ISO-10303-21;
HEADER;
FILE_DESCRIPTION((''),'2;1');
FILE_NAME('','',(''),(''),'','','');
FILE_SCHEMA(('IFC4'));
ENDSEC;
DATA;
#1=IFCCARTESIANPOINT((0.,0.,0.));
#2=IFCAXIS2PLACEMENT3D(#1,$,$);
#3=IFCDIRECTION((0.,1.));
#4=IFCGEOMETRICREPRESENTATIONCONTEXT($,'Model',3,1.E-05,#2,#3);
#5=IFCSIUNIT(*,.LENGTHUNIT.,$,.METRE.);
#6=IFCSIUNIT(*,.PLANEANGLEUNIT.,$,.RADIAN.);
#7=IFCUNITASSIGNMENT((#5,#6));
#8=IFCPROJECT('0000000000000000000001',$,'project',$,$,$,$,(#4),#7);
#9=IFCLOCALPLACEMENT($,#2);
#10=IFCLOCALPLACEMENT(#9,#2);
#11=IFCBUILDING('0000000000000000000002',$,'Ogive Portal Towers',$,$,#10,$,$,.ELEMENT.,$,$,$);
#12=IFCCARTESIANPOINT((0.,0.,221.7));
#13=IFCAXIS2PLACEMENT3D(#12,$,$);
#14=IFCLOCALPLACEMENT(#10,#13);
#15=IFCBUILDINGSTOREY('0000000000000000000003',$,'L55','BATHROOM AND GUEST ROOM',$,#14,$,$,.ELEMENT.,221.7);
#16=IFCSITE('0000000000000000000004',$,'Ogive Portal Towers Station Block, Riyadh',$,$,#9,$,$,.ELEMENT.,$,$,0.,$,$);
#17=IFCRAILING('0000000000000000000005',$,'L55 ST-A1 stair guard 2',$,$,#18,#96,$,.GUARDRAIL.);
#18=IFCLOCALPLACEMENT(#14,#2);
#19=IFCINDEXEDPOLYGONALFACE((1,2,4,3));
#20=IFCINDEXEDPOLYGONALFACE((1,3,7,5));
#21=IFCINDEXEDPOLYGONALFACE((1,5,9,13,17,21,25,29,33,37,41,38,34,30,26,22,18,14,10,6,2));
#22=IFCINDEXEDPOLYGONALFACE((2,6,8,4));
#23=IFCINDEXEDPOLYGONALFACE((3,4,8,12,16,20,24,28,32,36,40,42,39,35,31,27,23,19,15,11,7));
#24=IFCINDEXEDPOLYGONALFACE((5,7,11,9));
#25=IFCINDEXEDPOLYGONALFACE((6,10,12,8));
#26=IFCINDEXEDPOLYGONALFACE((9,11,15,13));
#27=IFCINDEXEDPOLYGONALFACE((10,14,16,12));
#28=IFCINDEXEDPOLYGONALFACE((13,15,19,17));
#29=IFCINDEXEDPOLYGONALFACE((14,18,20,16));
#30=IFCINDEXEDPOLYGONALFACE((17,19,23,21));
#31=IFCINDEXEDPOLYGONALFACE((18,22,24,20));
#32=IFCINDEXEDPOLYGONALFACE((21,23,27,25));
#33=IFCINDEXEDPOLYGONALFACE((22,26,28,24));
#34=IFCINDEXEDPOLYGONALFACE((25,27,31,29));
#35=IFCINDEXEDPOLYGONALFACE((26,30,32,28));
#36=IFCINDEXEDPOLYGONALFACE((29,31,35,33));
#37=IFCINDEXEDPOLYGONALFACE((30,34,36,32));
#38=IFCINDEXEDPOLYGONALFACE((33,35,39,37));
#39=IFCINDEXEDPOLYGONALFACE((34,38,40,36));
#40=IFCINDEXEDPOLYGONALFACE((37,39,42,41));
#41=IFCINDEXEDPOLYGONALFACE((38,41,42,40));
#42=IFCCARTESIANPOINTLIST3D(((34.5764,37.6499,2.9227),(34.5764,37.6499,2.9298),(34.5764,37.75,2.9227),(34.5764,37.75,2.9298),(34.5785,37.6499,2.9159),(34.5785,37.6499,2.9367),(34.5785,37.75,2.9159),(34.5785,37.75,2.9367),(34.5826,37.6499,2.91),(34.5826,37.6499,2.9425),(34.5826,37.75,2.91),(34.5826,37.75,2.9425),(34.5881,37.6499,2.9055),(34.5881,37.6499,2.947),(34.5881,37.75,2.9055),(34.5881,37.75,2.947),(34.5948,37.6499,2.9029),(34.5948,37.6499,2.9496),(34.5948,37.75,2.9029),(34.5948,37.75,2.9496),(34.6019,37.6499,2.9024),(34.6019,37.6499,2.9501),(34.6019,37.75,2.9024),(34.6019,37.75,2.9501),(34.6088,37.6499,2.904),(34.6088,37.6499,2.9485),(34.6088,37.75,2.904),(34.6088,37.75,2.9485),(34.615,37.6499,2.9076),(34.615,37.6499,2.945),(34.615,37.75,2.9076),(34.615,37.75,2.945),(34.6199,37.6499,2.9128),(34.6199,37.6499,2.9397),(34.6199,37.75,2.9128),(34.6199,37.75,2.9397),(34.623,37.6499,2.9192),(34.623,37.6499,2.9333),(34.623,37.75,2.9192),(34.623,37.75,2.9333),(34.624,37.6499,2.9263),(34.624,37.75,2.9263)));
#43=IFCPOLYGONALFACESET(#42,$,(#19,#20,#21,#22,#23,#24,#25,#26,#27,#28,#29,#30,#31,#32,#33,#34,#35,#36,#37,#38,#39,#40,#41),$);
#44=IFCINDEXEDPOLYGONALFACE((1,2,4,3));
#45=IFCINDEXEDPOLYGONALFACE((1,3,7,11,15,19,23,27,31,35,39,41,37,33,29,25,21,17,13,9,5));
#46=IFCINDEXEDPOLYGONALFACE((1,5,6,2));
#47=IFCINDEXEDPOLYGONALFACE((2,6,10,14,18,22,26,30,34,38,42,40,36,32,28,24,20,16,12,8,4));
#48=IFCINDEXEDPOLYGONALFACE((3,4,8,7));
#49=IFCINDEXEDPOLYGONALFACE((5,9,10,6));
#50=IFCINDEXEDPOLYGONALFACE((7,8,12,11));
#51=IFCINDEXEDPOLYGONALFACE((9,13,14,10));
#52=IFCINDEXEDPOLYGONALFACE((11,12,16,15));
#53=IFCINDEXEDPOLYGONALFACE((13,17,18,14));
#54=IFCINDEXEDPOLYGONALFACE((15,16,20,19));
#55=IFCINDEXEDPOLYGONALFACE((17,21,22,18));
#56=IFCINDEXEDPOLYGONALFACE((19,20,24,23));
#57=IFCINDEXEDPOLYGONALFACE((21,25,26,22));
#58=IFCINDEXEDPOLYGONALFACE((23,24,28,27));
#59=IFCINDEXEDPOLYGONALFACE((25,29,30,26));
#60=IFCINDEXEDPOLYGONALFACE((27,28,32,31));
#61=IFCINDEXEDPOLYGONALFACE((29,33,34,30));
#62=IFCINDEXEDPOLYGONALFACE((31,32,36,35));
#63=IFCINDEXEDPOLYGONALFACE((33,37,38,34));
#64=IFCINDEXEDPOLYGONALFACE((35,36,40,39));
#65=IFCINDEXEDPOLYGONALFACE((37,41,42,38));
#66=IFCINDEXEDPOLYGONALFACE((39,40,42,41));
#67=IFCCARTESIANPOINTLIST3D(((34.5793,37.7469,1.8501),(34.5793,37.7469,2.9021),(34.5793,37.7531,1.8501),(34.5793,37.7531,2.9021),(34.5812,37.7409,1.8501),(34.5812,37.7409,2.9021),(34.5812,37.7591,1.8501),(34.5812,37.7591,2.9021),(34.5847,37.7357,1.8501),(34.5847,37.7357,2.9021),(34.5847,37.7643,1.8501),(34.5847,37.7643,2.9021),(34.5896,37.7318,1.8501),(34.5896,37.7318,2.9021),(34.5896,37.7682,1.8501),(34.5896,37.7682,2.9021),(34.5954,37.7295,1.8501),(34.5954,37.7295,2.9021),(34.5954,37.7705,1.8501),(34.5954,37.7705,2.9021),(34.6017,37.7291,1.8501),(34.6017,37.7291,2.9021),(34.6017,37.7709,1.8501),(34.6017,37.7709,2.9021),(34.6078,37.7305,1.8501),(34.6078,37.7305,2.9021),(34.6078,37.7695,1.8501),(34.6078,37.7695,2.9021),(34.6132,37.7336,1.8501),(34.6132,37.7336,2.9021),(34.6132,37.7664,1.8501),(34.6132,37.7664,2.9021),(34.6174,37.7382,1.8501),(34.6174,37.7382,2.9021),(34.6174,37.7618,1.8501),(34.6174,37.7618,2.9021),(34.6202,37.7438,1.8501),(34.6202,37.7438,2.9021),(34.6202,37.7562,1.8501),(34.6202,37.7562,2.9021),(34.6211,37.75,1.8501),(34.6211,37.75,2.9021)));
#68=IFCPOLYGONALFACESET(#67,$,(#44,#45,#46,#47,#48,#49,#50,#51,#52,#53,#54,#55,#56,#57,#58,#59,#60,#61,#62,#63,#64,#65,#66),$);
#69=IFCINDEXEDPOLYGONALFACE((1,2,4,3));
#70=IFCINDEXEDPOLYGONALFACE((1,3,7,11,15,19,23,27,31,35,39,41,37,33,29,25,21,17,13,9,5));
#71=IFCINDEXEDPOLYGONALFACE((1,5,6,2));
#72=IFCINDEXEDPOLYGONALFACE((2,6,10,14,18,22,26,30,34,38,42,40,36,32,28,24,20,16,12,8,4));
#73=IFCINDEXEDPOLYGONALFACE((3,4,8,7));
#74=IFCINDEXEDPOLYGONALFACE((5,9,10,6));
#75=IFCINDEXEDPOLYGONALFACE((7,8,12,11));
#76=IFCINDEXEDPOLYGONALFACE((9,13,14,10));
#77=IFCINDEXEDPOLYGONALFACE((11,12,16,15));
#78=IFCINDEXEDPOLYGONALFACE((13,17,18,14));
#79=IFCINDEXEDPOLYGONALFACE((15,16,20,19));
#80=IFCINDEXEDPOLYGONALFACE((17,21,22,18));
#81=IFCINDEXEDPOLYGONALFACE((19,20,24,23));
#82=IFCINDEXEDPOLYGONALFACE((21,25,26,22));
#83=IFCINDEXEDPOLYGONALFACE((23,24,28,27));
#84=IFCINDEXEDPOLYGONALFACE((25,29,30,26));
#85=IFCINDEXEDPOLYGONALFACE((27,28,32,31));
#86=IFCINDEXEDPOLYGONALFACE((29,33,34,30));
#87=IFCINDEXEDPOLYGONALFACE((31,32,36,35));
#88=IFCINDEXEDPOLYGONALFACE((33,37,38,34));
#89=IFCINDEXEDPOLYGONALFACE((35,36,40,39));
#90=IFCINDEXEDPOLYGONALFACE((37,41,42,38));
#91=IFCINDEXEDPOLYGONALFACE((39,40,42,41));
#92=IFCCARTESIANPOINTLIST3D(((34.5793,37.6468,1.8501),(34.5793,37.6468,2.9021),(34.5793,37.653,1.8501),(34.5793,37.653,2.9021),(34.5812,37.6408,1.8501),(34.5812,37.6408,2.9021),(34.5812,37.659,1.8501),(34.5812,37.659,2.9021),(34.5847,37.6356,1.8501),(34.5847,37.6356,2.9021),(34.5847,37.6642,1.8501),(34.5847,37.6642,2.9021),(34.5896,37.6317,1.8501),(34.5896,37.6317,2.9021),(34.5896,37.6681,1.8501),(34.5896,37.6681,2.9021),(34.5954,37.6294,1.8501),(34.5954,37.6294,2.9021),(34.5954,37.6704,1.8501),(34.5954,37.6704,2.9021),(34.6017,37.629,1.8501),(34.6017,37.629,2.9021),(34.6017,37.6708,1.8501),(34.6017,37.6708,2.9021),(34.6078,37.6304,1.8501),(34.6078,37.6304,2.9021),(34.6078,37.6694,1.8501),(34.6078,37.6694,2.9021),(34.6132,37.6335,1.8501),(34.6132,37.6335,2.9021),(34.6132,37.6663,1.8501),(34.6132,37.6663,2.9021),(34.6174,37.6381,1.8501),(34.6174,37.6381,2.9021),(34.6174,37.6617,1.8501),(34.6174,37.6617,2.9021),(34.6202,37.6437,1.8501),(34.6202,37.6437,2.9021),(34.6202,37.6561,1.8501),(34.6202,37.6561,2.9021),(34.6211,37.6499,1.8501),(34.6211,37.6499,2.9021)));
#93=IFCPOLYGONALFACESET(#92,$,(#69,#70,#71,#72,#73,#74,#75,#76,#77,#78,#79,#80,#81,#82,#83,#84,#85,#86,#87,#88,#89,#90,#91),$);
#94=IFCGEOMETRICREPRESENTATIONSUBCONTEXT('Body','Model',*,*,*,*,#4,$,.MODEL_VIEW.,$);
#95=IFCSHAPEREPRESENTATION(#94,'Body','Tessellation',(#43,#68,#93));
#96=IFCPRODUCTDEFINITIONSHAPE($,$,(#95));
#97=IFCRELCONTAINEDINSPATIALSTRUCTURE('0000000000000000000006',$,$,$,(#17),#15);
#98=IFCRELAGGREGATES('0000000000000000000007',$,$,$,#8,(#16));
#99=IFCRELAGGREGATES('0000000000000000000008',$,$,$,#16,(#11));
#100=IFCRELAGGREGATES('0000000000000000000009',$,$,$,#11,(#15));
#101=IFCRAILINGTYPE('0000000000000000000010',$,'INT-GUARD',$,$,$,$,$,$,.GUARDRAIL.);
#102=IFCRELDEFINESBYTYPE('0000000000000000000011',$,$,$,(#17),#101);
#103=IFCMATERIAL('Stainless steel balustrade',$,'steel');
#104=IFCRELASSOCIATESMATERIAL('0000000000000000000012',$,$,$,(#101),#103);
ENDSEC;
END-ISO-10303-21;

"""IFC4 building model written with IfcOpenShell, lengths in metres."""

from ifc_helpers import new_model, si_unit, direction, frame, origin, origin_2d, place, context, subcontext, project, spatial, circle, extrude, material, type_object, element, save


model = new_model("IFC4")

# Units and contexts
model_context = context("Model", 3, precision=1e-05, world=origin(), true_north=direction((0.0, 1.0)))
body_context = subcontext(model_context, "Body", "Model", "MODEL_VIEW")
ifc_project = project(units=[si_unit("LENGTHUNIT", "METRE"), si_unit("PLANEANGLEUNIT", "RADIAN")], contexts=[model_context])

# Site, building, storey
site_placement = place(None, origin())
site = spatial("IfcSite", under=ifc_project, at=site_placement, Name="Ogive Portal Towers Station Block, Riyadh", CompositionType="ELEMENT", RefElevation=0.0)
building_placement = place(site_placement, origin())
building = spatial("IfcBuilding", under=site, at=building_placement, Name="Ogive Portal Towers", CompositionType="ELEMENT")
storey_placement = place(building_placement, frame((0.0, 0.0, 221.7)))
storey = spatial("IfcBuildingStorey", under=building, at=storey_placement, Name="L55", Description="BATHROOM AND GUEST ROOM", CompositionType="ELEMENT", Elevation=221.7)

# Railing
ifc_material_1 = material(Name="Stainless steel balustrade", Category="steel")
railing_type_1 = type_object("IfcRailingType", Name="INT-GUARD", PredefinedType="GUARDRAIL", material=ifc_material_1)
railing_1_placement = place(storey_placement, frame((34.6001, 37.75, 1.8501)))
element("IfcRailing", 1, at=railing_1_placement, inside=storey, type_object=railing_type_1, Name="L55 ST-A1 stair guard 2", PredefinedType="GUARDRAIL", context=body_context, shape_type="SweptSolid", body=[
    extrude(circle(Radius=0.0239, at=origin_2d()), frame((0.0, 0.0, 1.0762), z_axis=(0.0, -1.0, 0.0), x_axis=(1.0, 0.0, 0.0)), (0.0, 0.0, 1.0), 0.1001),
    extrude(circle(Radius=0.021, at=origin_2d()), origin(), (0.0, 0.0, 1.0), 1.052),
    extrude(circle(Radius=0.021, at=origin_2d()), frame((0.0, -0.1001, 0.0)), (0.0, 0.0, 1.0), 1.052),
])

save(model, "model.ifc")
